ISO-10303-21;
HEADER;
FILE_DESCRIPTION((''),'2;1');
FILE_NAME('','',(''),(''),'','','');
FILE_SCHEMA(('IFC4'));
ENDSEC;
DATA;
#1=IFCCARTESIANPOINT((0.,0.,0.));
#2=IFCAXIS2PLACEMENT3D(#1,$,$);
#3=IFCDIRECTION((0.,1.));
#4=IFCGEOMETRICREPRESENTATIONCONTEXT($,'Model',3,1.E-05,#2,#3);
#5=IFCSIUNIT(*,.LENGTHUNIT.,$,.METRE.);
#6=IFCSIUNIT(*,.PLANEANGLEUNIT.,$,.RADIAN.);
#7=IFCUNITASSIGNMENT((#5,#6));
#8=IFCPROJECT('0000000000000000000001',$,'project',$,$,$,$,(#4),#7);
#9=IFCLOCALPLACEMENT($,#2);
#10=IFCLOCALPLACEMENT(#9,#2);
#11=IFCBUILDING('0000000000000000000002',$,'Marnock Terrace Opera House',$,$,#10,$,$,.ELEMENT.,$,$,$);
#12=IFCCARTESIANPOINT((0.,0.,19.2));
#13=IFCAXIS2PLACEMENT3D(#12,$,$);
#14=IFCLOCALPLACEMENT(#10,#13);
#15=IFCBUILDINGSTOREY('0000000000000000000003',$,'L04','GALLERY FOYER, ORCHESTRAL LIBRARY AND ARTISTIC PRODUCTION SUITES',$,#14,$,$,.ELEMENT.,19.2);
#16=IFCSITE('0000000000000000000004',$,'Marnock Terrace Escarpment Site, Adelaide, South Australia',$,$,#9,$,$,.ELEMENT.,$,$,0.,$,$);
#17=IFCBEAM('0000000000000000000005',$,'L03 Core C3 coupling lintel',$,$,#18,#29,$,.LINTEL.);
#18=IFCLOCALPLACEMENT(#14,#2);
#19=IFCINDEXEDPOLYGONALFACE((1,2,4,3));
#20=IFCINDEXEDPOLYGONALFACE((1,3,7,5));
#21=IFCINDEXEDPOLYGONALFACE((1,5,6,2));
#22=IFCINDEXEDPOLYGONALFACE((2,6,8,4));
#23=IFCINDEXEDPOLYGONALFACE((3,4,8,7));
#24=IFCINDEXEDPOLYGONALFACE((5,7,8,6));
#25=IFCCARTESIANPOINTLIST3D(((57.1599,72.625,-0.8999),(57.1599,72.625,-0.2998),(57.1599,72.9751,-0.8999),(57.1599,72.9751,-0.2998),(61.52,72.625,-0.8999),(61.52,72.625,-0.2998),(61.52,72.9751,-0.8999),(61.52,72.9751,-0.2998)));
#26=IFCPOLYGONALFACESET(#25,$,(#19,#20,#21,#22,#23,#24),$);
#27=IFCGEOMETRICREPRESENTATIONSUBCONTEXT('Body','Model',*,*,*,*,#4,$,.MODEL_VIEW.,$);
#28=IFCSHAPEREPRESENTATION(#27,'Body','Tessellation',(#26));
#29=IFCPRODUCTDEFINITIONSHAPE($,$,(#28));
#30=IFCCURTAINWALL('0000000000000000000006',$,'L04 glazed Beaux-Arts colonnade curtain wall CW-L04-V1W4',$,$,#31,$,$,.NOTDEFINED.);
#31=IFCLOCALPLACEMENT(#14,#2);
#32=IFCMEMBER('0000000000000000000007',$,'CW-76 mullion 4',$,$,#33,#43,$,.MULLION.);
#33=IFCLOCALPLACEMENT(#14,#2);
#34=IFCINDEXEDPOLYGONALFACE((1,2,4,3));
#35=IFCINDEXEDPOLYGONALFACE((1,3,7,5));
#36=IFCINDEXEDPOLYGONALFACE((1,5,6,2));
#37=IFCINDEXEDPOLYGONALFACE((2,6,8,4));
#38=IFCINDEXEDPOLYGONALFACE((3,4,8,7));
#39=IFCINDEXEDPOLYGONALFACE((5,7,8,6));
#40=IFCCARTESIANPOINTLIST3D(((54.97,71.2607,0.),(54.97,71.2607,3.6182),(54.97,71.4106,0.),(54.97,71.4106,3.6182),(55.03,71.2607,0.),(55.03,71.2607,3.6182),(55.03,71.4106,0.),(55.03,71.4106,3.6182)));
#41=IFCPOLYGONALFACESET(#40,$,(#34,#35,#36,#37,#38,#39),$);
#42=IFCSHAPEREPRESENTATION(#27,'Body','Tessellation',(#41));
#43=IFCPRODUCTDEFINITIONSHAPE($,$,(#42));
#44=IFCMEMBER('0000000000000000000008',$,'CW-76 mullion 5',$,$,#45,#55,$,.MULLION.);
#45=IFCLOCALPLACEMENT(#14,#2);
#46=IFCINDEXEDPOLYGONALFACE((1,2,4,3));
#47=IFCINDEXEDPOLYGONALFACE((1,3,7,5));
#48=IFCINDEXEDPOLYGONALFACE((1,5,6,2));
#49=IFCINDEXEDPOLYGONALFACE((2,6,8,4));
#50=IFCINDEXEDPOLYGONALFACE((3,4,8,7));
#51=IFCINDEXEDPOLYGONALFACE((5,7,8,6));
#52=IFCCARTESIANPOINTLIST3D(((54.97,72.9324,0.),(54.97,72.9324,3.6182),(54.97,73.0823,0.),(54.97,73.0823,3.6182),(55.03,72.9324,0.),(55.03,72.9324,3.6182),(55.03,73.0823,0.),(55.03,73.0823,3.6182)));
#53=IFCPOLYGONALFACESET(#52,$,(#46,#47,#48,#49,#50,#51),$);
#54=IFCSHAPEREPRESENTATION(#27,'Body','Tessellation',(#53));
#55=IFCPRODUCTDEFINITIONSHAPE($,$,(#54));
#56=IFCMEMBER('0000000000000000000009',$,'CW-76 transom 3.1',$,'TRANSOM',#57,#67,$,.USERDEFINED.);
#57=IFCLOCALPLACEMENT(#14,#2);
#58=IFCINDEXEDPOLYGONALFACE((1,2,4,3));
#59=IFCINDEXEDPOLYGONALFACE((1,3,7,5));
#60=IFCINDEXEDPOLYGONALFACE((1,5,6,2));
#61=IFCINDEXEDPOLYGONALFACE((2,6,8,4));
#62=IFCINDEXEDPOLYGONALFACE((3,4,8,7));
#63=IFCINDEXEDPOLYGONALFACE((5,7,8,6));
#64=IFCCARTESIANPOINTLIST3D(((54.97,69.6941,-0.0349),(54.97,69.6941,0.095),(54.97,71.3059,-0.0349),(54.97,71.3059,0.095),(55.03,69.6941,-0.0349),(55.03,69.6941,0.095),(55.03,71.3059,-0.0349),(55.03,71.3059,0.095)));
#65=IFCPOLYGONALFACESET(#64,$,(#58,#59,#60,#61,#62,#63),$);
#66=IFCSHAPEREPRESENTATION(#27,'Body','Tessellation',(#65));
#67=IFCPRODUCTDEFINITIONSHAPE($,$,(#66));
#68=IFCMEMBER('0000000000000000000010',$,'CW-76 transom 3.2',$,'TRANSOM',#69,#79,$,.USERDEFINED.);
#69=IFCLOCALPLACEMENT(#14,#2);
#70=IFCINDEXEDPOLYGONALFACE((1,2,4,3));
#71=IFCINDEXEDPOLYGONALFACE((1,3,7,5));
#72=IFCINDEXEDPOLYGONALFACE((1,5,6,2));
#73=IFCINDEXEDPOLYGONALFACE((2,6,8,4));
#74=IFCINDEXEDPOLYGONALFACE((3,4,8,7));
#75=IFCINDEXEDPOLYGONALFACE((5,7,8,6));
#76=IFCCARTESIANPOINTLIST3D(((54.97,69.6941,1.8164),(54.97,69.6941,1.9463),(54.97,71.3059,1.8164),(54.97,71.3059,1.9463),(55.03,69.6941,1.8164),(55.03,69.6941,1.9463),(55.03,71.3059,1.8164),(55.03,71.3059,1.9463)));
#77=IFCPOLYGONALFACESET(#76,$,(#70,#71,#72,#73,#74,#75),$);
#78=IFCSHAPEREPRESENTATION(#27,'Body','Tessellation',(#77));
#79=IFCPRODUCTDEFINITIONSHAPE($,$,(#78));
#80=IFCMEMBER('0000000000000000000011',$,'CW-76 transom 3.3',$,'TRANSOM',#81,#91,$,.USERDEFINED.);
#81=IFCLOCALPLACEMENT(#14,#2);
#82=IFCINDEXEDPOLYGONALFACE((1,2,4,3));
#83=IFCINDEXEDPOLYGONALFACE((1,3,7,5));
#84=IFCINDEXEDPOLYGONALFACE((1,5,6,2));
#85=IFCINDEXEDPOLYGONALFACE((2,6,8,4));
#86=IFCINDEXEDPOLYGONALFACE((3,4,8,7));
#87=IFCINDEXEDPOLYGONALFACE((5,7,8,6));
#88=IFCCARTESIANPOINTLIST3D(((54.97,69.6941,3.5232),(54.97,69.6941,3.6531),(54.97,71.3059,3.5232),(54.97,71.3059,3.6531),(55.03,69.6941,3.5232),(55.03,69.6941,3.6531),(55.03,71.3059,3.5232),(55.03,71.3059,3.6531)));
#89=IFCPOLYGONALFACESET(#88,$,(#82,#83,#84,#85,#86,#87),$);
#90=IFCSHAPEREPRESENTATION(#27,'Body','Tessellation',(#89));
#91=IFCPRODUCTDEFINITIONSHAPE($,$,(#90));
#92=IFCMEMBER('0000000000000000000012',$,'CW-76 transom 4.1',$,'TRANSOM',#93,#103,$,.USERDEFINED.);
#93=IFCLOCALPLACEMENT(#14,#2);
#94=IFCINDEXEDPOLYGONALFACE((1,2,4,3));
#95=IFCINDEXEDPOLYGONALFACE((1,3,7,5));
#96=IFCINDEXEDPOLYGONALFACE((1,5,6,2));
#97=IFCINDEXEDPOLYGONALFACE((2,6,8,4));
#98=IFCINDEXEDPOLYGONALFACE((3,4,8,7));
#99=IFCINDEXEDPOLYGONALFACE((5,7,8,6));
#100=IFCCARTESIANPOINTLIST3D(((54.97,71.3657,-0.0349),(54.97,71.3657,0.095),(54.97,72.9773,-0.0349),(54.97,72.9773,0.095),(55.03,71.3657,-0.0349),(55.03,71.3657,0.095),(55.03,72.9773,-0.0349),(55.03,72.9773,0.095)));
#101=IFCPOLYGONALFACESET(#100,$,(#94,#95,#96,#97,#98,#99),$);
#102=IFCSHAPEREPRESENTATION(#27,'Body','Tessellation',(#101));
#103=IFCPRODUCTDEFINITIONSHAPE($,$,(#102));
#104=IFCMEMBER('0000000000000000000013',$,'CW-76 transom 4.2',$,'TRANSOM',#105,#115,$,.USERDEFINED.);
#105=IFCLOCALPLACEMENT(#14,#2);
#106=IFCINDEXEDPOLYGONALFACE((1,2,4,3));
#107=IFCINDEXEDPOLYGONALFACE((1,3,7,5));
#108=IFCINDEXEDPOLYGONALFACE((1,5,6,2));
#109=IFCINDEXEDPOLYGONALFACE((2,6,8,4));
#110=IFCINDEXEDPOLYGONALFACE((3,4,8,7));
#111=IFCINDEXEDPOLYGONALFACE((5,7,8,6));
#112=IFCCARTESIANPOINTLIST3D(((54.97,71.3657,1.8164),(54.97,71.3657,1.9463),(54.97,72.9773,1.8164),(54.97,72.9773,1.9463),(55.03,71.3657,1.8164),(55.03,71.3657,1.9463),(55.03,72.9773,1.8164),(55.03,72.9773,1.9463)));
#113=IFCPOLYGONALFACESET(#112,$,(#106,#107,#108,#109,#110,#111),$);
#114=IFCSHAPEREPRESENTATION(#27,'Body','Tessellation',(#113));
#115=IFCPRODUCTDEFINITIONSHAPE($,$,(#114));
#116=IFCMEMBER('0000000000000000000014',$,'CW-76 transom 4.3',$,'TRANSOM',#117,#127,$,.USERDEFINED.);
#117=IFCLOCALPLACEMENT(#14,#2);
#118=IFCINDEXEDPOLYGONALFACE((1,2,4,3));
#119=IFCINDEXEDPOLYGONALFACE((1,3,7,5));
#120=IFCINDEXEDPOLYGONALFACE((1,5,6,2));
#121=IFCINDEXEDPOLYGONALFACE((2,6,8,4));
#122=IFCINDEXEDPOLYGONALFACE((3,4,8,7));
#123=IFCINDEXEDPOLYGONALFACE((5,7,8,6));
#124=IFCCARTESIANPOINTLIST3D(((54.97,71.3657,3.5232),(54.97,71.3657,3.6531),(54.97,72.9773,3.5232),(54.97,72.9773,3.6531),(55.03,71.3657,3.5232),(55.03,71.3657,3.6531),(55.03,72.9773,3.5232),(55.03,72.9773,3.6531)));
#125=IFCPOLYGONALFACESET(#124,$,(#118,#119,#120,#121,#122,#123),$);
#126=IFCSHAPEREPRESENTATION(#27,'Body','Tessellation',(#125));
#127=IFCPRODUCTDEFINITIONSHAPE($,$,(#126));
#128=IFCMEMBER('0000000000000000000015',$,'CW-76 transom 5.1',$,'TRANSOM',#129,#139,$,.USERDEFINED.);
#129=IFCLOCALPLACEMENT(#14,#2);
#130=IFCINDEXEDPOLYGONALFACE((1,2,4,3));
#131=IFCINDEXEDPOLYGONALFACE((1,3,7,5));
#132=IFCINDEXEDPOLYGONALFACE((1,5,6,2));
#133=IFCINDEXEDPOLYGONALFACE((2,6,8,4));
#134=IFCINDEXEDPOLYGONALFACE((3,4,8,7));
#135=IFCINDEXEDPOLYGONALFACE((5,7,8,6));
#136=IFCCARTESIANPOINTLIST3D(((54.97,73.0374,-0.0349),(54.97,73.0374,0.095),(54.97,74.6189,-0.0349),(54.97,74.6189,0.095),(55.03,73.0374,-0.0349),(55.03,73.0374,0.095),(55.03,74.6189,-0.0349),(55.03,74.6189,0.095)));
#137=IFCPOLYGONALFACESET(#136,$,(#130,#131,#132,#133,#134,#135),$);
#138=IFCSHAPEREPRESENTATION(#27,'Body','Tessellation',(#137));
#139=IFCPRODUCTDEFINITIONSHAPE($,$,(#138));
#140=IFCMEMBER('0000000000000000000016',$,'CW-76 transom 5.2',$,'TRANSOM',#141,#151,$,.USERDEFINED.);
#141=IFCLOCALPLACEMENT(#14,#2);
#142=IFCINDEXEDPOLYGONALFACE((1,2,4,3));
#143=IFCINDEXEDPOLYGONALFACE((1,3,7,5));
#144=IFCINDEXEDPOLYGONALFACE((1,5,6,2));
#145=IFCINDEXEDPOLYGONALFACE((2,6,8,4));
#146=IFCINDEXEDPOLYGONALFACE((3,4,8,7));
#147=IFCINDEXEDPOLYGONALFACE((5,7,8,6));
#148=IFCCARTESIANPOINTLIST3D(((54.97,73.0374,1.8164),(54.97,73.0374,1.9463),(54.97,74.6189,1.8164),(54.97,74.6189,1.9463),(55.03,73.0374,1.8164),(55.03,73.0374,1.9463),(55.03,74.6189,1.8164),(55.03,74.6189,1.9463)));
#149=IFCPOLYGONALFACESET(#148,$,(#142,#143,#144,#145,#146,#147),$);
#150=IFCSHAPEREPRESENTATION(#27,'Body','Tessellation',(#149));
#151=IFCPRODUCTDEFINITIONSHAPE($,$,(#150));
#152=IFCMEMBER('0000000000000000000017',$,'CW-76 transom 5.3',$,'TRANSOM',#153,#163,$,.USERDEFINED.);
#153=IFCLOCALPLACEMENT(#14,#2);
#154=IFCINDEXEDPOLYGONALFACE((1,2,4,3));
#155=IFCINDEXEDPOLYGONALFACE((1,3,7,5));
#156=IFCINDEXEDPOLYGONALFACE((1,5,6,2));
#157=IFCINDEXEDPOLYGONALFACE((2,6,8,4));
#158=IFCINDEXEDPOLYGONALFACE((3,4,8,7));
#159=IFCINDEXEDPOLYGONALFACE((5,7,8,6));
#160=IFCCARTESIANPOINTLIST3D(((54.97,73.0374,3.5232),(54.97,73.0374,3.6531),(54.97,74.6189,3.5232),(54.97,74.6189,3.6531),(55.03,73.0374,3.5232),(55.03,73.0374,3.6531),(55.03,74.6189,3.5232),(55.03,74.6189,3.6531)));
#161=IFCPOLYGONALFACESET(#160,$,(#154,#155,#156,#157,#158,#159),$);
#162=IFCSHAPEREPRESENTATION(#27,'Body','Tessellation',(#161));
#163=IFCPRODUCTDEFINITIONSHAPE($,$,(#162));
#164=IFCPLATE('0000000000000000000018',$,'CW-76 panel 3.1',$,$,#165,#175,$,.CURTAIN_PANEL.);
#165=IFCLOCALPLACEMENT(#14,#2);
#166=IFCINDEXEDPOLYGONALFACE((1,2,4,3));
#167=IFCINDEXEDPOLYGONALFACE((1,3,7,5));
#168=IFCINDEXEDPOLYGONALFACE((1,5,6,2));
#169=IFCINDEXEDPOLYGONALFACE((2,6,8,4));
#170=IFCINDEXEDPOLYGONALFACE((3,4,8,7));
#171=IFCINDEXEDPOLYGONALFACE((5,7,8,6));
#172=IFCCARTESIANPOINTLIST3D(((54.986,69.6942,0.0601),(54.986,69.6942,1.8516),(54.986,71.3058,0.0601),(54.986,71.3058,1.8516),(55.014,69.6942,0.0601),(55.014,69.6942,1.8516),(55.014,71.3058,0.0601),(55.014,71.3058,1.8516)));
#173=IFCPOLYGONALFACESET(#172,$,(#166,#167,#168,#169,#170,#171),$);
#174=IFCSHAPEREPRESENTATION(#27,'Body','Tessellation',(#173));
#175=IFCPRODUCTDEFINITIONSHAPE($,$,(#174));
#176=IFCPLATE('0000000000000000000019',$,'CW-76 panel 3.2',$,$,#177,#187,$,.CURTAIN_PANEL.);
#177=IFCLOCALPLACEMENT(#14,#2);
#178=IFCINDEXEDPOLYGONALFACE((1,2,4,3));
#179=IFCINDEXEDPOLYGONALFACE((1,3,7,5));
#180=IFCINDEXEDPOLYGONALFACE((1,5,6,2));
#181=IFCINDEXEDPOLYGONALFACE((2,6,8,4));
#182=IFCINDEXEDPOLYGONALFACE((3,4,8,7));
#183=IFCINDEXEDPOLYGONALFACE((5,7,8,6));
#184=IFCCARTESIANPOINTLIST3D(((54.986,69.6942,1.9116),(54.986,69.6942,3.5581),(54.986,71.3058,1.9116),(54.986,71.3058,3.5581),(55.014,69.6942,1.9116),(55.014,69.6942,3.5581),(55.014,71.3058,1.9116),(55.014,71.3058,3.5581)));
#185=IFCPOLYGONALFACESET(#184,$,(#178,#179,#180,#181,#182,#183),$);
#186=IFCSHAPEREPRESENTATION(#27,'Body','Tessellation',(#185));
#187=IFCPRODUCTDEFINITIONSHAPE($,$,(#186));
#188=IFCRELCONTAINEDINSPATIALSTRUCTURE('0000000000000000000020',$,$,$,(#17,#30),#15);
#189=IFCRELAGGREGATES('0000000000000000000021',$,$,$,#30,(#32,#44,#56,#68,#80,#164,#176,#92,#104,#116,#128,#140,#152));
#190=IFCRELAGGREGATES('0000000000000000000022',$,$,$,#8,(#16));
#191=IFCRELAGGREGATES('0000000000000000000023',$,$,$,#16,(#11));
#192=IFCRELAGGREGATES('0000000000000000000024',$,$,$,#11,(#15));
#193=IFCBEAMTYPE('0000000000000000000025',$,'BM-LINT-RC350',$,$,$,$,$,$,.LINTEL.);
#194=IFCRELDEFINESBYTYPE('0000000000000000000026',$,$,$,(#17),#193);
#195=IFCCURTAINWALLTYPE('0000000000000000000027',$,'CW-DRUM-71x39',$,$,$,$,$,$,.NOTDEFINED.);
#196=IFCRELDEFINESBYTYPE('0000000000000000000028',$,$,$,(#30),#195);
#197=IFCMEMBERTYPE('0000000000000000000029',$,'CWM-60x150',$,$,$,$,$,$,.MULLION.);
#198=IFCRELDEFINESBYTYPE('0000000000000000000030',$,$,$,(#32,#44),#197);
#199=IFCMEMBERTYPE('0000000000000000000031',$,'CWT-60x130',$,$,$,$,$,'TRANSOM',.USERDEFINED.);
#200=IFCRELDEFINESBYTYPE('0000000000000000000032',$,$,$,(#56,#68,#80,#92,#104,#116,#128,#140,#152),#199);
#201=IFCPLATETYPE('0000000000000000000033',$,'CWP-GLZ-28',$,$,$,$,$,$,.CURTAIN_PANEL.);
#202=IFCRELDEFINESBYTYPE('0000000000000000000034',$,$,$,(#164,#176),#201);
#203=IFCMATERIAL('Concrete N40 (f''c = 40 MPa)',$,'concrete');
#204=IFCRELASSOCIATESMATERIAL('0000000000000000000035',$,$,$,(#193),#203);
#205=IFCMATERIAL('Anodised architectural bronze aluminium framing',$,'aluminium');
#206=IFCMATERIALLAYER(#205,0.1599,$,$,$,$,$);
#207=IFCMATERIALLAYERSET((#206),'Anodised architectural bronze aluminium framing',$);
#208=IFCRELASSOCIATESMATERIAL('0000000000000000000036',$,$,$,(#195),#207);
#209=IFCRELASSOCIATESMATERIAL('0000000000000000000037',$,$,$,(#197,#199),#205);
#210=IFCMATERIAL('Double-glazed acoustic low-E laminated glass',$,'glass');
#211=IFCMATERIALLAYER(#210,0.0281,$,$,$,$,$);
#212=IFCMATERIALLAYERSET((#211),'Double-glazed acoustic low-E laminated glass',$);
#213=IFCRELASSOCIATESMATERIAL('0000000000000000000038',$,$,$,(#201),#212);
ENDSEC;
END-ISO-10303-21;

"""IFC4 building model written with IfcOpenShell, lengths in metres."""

from ifc_helpers import new_model, si_unit, direction, frame, origin, origin_2d, place, context, subcontext, project, spatial, rectangle, extrude, material, layer, layer_set, material_profile, profile_set, type_object, element, aggregate, save


model = new_model("IFC4")

# Units and contexts
model_context = context("Model", 3, precision=1e-05, world=origin(), true_north=direction((0.0, 1.0)))
body_context = subcontext(model_context, "Body", "Model", "MODEL_VIEW")
ifc_project = project(units=[si_unit("LENGTHUNIT", "METRE"), si_unit("PLANEANGLEUNIT", "RADIAN")], contexts=[model_context])

# Site, building, storey
site_placement = place(None, origin())
site = spatial("IfcSite", under=ifc_project, at=site_placement, Name="Marnock Terrace Escarpment Site, Adelaide, South Australia", CompositionType="ELEMENT", RefElevation=0.0)
building_placement = place(site_placement, origin())
building = spatial("IfcBuilding", under=site, at=building_placement, Name="Marnock Terrace Opera House", CompositionType="ELEMENT")
storey_placement = place(building_placement, frame((0.0, 0.0, 19.2)))
storey = spatial("IfcBuildingStorey", under=building, at=storey_placement, Name="L04", Description="GALLERY FOYER, ORCHESTRAL LIBRARY AND ARTISTIC PRODUCTION SUITES", CompositionType="ELEMENT", Elevation=19.2)

# Beam
ifc_material_1 = material(Name="Concrete N40 (f'c = 40 MPa)", Category="concrete")
ifc_material_profile_1 = material_profile(ifc_material_1, rectangle(XDim=0.3501, YDim=0.6001, at=origin_2d()))
ifc_profile_set_1 = profile_set([ifc_material_profile_1], Name="Concrete N40 (f'c = 40 MPa)")
beam_type = type_object("IfcBeamType", Name="BM-LINT-RC350", PredefinedType="LINTEL", material=ifc_profile_set_1)
beam_placement = place(storey_placement, frame((57.1599, 72.8, -0.5999), z_axis=(1.0, 0.0, 0.0), x_axis=(0.0, 1.0, 0.0)))
element("IfcBeam", 1, at=beam_placement, inside=storey, type_object=beam_type, Name="L03 Core C3 coupling lintel", PredefinedType="LINTEL", context=body_context, shape_type="SweptSolid", body=[
    extrude(rectangle(XDim=0.3501, YDim=0.6001, at=origin_2d()), origin(), (0.0, 0.0, 1.0), 4.3601),
])

# Curtain wall, members, plates
ifc_material_2 = material(Name="Anodised architectural bronze aluminium framing", Category="aluminium")
ifc_layer_1 = layer(ifc_material_2, 0.1599)
ifc_layer_set_1 = layer_set([ifc_layer_1], Name="Anodised architectural bronze aluminium framing")
curtain_wall_type = type_object("IfcCurtainWallType", Name="CW-DRUM-71x39", PredefinedType="NOTDEFINED", material=ifc_layer_set_1)
curtain_wall_placement = place(storey_placement, origin())
curtain_wall = element("IfcCurtainWall", 2, at=curtain_wall_placement, inside=storey, type_object=curtain_wall_type, Name="L04 glazed Beaux-Arts colonnade curtain wall CW-L04-V1W4", PredefinedType="NOTDEFINED")
ifc_material_profile_2 = material_profile(ifc_material_2, rectangle(XDim=0.0601, YDim=0.1499, at=origin_2d()))
ifc_profile_set_2 = profile_set([ifc_material_profile_2], Name="Anodised architectural bronze aluminium framing")
member_type_1 = type_object("IfcMemberType", Name="CWM-60x150", PredefinedType="MULLION", material=ifc_profile_set_2)
member_1_placement = place(storey_placement, frame((55.0, 71.3357, 0.0), z_axis=(0.0, 0.0, 1.0), x_axis=(-1.0, 0.0, 0.0)))
member_1 = element("IfcMember", 3, at=member_1_placement, type_object=member_type_1, Name="CW-76 mullion 4", PredefinedType="MULLION", context=body_context, shape_type="SweptSolid", body=[
    extrude(rectangle(XDim=0.0601, YDim=0.1499, at=origin_2d()), origin(), (0.0, 0.0, 1.0), 3.6182),
])
member_2_placement = place(storey_placement, frame((55.0, 73.0073, 0.0), z_axis=(0.0, 0.0, 1.0), x_axis=(-1.0, 0.0, 0.0)))
member_2 = element("IfcMember", 4, at=member_2_placement, type_object=member_type_1, Name="CW-76 mullion 5", PredefinedType="MULLION", context=body_context, shape_type="SweptSolid", body=[
    extrude(rectangle(XDim=0.0601, YDim=0.1499, at=origin_2d()), origin(), (0.0, 0.0, 1.0), 3.6182),
])
ifc_material_profile_3 = material_profile(ifc_material_2, rectangle(XDim=0.0601, YDim=0.1299, at=origin_2d()))
ifc_profile_set_3 = profile_set([ifc_material_profile_3], Name="Anodised architectural bronze aluminium framing")
member_type_2 = type_object("IfcMemberType", Name="CWT-60x130", ElementType="TRANSOM", PredefinedType="USERDEFINED", material=ifc_profile_set_3)
member_3_placement = place(storey_placement, frame((55.0, 69.6941, 0.03), z_axis=(0.0, 1.0, 0.0), x_axis=(-1.0, 0.0, 0.0)))
member_3 = element("IfcMember", 5, at=member_3_placement, type_object=member_type_2, Name="CW-76 transom 3.1", ObjectType="TRANSOM", PredefinedType="USERDEFINED", context=body_context, shape_type="SweptSolid", body=[
    extrude(rectangle(XDim=0.0601, YDim=0.1299, at=origin_2d()), origin(), (0.0, 0.0, 1.0), 1.6118),
])
member_4_placement = place(storey_placement, frame((55.0, 69.6941, 1.8813), z_axis=(0.0, 1.0, 0.0), x_axis=(-1.0, 0.0, 0.0)))
member_4 = element("IfcMember", 6, at=member_4_placement, type_object=member_type_2, Name="CW-76 transom 3.2", ObjectType="TRANSOM", PredefinedType="USERDEFINED", context=body_context, shape_type="SweptSolid", body=[
    extrude(rectangle(XDim=0.0601, YDim=0.1299, at=origin_2d()), origin(), (0.0, 0.0, 1.0), 1.6118),
])
member_5_placement = place(storey_placement, frame((55.0, 69.6941, 3.5881), z_axis=(0.0, 1.0, 0.0), x_axis=(-1.0, 0.0, 0.0)))
member_5 = element("IfcMember", 7, at=member_5_placement, type_object=member_type_2, Name="CW-76 transom 3.3", ObjectType="TRANSOM", PredefinedType="USERDEFINED", context=body_context, shape_type="SweptSolid", body=[
    extrude(rectangle(XDim=0.0601, YDim=0.1299, at=origin_2d()), origin(), (0.0, 0.0, 1.0), 1.6118),
])
member_6_placement = place(storey_placement, frame((55.0, 71.3657, 0.03), z_axis=(0.0, 1.0, 0.0), x_axis=(-1.0, 0.0, 0.0)))
member_6 = element("IfcMember", 8, at=member_6_placement, type_object=member_type_2, Name="CW-76 transom 4.1", ObjectType="TRANSOM", PredefinedType="USERDEFINED", context=body_context, shape_type="SweptSolid", body=[
    extrude(rectangle(XDim=0.0601, YDim=0.1299, at=origin_2d()), origin(), (0.0, 0.0, 1.0), 1.6116),
])
member_7_placement = place(storey_placement, frame((55.0, 71.3657, 1.8813), z_axis=(0.0, 1.0, 0.0), x_axis=(-1.0, 0.0, 0.0)))
member_7 = element("IfcMember", 9, at=member_7_placement, type_object=member_type_2, Name="CW-76 transom 4.2", ObjectType="TRANSOM", PredefinedType="USERDEFINED", context=body_context, shape_type="SweptSolid", body=[
    extrude(rectangle(XDim=0.0601, YDim=0.1299, at=origin_2d()), origin(), (0.0, 0.0, 1.0), 1.6116),
])
member_8_placement = place(storey_placement, frame((55.0, 71.3657, 3.5881), z_axis=(0.0, 1.0, 0.0), x_axis=(-1.0, 0.0, 0.0)))
member_8 = element("IfcMember", 10, at=member_8_placement, type_object=member_type_2, Name="CW-76 transom 4.3", ObjectType="TRANSOM", PredefinedType="USERDEFINED", context=body_context, shape_type="SweptSolid", body=[
    extrude(rectangle(XDim=0.0601, YDim=0.1299, at=origin_2d()), origin(), (0.0, 0.0, 1.0), 1.6116),
])
member_9_placement = place(storey_placement, frame((55.0, 73.0374, 0.03), z_axis=(0.0, 1.0, 0.0), x_axis=(-1.0, 0.0, 0.0)))
member_9 = element("IfcMember", 11, at=member_9_placement, type_object=member_type_2, Name="CW-76 transom 5.1", ObjectType="TRANSOM", PredefinedType="USERDEFINED", context=body_context, shape_type="SweptSolid", body=[
    extrude(rectangle(XDim=0.0601, YDim=0.1299, at=origin_2d()), origin(), (0.0, 0.0, 1.0), 1.5815),
])
member_10_placement = place(storey_placement, frame((55.0, 73.0374, 1.8813), z_axis=(0.0, 1.0, 0.0), x_axis=(-1.0, 0.0, 0.0)))
member_10 = element("IfcMember", 12, at=member_10_placement, type_object=member_type_2, Name="CW-76 transom 5.2", ObjectType="TRANSOM", PredefinedType="USERDEFINED", context=body_context, shape_type="SweptSolid", body=[
    extrude(rectangle(XDim=0.0601, YDim=0.1299, at=origin_2d()), origin(), (0.0, 0.0, 1.0), 1.5815),
])
member_11_placement = place(storey_placement, frame((55.0, 73.0374, 3.5881), z_axis=(0.0, 1.0, 0.0), x_axis=(-1.0, 0.0, 0.0)))
member_11 = element("IfcMember", 13, at=member_11_placement, type_object=member_type_2, Name="CW-76 transom 5.3", ObjectType="TRANSOM", PredefinedType="USERDEFINED", context=body_context, shape_type="SweptSolid", body=[
    extrude(rectangle(XDim=0.0601, YDim=0.1299, at=origin_2d()), origin(), (0.0, 0.0, 1.0), 1.5815),
])
ifc_material_3 = material(Name="Double-glazed acoustic low-E laminated glass", Category="glass")
ifc_layer_2 = layer(ifc_material_3, 0.0281)
ifc_layer_set_2 = layer_set([ifc_layer_2], Name="Double-glazed acoustic low-E laminated glass")
plate_type = type_object("IfcPlateType", Name="CWP-GLZ-28", PredefinedType="CURTAIN_PANEL", material=ifc_layer_set_2)
plate_1_placement = place(storey_placement, frame((55.0, 70.5, 0.0601), z_axis=(0.0, 0.0, 1.0), x_axis=(0.0, 1.0, 0.0)))
plate_1 = element("IfcPlate", 14, at=plate_1_placement, type_object=plate_type, Name="CW-76 panel 3.1", PredefinedType="CURTAIN_PANEL", context=body_context, shape_type="SweptSolid", body=[
    extrude(rectangle(XDim=1.6116, YDim=0.0281, at=origin_2d()), origin(), (0.0, 0.0, 1.0), 1.7915),
])
plate_2_placement = place(storey_placement, frame((55.0, 70.5, 1.9116), z_axis=(0.0, 0.0, 1.0), x_axis=(0.0, 1.0, 0.0)))
plate_2 = element("IfcPlate", 15, at=plate_2_placement, type_object=plate_type, Name="CW-76 panel 3.2", PredefinedType="CURTAIN_PANEL", context=body_context, shape_type="SweptSolid", body=[
    extrude(rectangle(XDim=1.6116, YDim=0.0281, at=origin_2d()), origin(), (0.0, 0.0, 1.0), 1.6465),
])
aggregate(curtain_wall, [member_1, member_2, member_3, member_4, member_5, plate_1, plate_2, member_6, member_7, member_8, member_9, member_10, member_11])

save(model, "model.ifc")
